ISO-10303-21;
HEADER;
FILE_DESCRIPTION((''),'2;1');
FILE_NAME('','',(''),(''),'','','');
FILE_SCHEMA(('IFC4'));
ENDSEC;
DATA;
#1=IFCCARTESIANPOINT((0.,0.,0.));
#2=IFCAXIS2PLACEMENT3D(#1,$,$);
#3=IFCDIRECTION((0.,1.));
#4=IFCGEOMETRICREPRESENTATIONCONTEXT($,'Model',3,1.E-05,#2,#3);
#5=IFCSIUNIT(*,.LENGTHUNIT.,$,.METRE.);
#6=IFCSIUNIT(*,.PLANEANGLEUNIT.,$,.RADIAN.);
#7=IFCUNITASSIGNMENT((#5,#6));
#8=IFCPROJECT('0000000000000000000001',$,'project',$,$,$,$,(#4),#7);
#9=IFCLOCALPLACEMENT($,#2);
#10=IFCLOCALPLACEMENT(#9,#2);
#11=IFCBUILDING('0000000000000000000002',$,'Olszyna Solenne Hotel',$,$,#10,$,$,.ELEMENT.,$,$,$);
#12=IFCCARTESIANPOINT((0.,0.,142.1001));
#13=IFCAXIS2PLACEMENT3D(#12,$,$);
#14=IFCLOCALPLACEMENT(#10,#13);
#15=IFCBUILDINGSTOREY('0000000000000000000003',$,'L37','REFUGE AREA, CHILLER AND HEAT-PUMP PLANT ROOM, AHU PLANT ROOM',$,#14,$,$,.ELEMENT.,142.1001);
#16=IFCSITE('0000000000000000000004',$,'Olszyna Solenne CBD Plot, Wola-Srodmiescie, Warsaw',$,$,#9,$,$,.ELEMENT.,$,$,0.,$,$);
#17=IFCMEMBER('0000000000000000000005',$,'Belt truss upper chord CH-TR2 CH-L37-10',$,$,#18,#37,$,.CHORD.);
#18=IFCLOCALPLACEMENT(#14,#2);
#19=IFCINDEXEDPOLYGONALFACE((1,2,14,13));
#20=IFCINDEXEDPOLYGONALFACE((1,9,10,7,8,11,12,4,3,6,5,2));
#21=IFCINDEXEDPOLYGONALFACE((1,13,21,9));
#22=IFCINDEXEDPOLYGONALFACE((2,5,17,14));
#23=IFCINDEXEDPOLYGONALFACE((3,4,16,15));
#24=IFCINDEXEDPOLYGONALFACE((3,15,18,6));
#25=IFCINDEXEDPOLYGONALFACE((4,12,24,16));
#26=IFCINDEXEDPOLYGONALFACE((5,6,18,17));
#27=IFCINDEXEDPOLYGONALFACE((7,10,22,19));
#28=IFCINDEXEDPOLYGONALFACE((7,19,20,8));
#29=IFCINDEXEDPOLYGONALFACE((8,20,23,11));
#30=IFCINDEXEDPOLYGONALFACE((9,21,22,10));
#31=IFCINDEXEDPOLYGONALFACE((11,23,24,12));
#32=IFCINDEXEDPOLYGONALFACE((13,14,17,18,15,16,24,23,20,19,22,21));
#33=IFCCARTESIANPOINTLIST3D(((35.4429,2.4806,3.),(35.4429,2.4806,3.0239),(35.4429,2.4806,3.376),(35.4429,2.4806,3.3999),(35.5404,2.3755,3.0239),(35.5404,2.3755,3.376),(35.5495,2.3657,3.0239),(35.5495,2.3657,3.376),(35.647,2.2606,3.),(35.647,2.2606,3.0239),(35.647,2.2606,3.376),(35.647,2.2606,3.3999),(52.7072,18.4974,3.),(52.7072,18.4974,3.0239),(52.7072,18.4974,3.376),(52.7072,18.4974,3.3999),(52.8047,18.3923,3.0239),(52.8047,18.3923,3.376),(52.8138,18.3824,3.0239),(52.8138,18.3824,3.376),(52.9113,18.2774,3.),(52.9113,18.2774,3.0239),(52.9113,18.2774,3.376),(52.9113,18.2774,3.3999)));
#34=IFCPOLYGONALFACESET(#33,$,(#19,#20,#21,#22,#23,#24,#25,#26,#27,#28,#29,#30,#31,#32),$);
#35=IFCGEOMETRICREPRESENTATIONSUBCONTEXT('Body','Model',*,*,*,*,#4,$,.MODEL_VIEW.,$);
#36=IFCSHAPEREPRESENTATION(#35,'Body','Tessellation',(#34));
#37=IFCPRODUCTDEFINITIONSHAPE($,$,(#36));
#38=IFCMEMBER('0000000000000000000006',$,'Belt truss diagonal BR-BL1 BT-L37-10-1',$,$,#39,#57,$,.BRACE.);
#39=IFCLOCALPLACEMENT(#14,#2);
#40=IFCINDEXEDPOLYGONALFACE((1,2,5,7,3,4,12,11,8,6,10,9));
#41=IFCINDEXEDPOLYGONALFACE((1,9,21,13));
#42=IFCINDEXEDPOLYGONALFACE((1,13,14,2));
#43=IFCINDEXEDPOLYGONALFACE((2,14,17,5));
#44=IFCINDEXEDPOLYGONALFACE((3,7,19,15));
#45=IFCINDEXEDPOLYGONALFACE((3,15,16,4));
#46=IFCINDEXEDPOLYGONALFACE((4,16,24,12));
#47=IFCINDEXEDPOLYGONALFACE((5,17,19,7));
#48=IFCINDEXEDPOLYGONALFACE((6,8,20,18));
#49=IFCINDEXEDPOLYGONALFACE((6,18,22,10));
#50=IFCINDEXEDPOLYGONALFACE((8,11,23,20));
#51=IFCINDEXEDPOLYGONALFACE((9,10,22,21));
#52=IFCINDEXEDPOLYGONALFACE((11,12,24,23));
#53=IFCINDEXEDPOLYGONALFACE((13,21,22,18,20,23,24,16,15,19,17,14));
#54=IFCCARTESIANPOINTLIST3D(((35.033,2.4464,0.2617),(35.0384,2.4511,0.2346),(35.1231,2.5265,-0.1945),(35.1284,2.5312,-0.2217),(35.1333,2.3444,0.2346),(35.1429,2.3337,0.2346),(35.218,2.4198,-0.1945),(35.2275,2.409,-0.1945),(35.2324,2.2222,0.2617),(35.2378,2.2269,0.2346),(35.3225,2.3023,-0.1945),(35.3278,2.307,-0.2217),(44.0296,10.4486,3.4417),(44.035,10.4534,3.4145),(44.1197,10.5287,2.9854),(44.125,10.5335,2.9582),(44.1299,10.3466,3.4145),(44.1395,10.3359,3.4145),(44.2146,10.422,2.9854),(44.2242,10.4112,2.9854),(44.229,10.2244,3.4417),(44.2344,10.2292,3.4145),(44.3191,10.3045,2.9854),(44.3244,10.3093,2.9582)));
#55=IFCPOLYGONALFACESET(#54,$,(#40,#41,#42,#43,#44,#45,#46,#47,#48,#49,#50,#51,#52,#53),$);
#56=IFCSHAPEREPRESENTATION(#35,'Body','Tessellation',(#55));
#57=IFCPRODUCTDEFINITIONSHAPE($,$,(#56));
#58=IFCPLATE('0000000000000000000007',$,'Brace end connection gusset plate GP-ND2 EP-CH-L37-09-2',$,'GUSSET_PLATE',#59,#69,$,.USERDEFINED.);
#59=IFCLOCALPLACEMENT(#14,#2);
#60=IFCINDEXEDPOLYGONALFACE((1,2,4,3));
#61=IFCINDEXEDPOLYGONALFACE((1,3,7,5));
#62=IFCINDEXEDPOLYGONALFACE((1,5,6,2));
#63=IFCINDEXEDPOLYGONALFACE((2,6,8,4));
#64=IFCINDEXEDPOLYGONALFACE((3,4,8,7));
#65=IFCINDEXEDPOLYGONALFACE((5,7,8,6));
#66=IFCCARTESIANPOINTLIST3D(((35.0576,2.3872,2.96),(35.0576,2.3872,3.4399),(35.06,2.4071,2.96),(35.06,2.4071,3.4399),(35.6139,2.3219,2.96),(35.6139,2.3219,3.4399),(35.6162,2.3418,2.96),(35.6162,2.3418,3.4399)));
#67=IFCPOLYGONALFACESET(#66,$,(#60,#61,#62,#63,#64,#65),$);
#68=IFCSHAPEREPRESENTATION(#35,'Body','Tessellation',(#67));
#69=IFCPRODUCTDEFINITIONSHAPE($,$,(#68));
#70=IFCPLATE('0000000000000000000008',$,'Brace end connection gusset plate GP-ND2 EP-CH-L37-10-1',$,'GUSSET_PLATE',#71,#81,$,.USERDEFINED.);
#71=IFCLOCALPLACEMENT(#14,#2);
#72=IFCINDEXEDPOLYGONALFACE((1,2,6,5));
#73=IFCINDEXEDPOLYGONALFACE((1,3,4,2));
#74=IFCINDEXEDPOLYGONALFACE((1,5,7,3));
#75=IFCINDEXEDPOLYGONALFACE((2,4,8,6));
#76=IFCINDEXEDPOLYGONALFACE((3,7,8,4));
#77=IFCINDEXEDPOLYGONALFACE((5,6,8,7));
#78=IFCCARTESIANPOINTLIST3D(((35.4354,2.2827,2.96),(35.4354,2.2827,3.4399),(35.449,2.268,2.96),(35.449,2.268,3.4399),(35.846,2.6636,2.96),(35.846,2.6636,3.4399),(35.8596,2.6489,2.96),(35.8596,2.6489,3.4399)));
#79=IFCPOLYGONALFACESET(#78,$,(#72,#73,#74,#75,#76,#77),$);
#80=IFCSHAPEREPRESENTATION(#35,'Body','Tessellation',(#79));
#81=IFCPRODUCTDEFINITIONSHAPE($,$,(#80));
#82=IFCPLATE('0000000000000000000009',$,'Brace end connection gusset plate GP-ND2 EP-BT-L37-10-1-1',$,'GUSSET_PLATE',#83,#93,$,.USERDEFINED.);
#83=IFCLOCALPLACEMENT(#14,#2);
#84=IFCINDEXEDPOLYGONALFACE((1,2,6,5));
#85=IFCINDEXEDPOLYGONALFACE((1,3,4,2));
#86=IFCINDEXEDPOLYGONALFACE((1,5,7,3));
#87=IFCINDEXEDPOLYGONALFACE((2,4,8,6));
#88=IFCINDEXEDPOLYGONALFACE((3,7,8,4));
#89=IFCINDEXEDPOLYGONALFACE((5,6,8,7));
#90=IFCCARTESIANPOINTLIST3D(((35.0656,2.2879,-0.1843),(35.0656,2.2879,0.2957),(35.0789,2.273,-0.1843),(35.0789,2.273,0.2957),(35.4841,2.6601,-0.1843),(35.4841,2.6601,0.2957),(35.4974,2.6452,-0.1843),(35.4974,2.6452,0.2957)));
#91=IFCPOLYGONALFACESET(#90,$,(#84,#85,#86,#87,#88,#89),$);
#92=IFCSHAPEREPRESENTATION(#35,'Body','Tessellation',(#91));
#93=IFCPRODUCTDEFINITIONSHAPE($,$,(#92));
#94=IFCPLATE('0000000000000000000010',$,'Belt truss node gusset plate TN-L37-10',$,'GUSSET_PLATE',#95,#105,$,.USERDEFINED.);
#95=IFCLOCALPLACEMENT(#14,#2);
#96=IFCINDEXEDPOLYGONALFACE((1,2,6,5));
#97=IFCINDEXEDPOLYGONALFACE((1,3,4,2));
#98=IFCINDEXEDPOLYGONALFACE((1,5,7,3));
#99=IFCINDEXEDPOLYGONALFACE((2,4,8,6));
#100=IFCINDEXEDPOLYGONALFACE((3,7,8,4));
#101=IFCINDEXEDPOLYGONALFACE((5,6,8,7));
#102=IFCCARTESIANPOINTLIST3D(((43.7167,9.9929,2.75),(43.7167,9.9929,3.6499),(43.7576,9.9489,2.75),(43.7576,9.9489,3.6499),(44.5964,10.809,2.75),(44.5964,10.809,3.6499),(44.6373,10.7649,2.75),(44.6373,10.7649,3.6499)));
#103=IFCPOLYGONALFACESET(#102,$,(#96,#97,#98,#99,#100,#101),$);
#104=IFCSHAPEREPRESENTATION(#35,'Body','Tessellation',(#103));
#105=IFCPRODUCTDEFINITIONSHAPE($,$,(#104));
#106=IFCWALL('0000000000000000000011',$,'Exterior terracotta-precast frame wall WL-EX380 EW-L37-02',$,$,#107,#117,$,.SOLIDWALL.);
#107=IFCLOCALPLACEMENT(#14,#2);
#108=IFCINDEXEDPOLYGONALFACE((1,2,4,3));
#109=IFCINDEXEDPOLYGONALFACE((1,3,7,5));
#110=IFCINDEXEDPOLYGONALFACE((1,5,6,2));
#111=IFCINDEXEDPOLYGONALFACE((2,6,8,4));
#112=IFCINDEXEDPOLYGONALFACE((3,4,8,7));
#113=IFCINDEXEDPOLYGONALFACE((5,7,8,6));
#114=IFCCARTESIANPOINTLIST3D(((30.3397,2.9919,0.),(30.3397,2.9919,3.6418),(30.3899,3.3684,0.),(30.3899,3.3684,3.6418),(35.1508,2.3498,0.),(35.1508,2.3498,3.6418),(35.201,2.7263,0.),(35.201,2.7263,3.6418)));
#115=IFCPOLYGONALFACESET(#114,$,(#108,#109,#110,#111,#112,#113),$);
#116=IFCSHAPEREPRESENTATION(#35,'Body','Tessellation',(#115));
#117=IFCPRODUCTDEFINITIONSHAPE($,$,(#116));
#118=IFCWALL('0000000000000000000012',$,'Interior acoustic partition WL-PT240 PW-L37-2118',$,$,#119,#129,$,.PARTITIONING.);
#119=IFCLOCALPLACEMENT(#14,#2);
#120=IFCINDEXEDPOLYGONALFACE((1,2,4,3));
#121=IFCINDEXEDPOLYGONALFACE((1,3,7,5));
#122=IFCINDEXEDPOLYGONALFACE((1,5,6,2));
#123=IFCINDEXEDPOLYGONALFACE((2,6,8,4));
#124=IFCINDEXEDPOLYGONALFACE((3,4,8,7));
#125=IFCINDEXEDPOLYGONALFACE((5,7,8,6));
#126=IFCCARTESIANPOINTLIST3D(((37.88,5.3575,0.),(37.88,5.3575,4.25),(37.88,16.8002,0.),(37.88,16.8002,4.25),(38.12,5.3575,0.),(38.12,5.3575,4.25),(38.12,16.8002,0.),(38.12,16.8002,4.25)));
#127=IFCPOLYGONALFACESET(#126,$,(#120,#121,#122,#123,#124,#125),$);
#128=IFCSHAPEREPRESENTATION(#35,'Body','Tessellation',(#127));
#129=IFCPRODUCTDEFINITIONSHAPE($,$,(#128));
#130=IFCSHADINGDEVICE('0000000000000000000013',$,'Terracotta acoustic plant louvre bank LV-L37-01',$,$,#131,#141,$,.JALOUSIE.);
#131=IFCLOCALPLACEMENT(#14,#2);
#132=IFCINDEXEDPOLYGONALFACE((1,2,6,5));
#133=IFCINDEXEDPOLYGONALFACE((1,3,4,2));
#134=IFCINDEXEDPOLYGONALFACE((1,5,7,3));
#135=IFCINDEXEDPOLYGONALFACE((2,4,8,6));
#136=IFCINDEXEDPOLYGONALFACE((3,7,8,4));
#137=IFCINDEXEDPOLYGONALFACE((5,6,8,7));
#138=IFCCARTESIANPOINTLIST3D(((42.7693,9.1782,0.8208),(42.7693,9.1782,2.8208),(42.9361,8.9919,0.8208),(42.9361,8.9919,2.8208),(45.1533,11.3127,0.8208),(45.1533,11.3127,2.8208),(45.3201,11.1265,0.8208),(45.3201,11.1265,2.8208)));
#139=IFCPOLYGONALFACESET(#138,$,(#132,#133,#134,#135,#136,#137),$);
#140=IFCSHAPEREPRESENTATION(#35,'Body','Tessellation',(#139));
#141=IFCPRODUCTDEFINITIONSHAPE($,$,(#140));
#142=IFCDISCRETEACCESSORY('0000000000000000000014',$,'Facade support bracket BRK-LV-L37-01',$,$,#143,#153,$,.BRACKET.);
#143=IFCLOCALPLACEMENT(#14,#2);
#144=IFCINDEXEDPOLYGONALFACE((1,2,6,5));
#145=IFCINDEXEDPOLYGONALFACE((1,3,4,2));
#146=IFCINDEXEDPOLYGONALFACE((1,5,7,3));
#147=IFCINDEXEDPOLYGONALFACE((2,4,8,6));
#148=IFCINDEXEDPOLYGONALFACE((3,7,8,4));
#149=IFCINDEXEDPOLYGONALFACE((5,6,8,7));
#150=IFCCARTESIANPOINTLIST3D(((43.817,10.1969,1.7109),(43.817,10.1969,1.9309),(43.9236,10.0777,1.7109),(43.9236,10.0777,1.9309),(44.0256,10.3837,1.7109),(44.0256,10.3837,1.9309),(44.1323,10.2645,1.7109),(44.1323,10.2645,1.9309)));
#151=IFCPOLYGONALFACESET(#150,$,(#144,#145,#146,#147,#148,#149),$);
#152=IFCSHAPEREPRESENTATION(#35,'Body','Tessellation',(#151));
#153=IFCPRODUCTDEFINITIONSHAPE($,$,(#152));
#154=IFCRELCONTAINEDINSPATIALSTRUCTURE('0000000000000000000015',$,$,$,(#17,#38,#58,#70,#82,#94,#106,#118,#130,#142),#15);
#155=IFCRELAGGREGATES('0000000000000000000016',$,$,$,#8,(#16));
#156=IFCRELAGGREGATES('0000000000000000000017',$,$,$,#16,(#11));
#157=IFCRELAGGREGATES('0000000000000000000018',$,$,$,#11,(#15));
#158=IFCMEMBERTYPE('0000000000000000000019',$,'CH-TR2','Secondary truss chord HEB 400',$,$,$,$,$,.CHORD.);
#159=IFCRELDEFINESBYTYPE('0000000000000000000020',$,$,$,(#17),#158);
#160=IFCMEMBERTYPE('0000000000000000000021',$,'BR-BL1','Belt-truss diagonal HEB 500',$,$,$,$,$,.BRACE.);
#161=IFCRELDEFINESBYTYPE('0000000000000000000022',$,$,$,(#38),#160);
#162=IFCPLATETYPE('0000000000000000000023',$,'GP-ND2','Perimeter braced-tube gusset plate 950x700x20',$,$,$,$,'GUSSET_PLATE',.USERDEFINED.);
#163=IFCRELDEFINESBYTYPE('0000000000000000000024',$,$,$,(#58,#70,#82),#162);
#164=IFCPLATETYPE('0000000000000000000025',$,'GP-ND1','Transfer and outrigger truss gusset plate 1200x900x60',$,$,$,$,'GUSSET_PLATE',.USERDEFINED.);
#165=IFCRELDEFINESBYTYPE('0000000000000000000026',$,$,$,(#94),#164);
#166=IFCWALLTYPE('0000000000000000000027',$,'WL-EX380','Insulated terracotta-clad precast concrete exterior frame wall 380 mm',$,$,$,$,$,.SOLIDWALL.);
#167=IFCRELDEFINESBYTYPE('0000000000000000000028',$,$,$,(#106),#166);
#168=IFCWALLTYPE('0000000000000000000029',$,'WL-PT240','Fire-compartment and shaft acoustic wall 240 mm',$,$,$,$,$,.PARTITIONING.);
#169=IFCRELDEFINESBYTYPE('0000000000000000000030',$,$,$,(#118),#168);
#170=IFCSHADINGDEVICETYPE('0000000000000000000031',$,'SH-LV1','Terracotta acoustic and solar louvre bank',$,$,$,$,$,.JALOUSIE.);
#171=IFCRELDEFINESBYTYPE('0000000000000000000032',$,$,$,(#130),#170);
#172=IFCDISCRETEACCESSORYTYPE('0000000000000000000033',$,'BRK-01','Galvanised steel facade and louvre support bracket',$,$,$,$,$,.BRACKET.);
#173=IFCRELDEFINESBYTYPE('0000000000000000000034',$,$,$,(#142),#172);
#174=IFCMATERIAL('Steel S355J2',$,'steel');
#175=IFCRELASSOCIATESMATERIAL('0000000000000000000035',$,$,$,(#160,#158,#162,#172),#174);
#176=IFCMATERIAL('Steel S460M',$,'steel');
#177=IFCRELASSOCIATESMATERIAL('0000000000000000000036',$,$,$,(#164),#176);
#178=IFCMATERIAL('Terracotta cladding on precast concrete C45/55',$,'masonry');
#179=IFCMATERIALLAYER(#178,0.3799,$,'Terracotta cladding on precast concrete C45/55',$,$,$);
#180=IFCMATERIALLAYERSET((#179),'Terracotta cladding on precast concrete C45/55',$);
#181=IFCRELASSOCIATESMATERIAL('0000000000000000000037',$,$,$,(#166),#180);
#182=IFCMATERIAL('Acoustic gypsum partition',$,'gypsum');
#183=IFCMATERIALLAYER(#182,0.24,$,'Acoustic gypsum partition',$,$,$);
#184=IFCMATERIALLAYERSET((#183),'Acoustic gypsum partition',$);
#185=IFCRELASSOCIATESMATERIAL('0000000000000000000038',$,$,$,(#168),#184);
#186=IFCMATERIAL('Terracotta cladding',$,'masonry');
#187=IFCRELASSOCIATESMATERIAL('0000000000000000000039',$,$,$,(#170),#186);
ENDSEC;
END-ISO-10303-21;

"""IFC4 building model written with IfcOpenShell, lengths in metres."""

from ifc_helpers import new_model, si_unit, direction, frame, frame_2d, origin, origin_2d, place, context, subcontext, project, spatial, rectangle, i_section, extrude, source, transform, mapped, material, layer, layer_set, material_profile, profile_set, type_object, element, save


model = new_model("IFC4")

# Units and contexts
model_context = context("Model", 3, precision=1e-05, world=origin(), true_north=direction((0.0, 1.0)))
body_context = subcontext(model_context, "Body", "Model", "MODEL_VIEW")
ifc_project = project(units=[si_unit("LENGTHUNIT", "METRE"), si_unit("PLANEANGLEUNIT", "RADIAN")], contexts=[model_context])

# Site, building, storey
site_placement = place(None, origin())
site = spatial("IfcSite", under=ifc_project, at=site_placement, Name="Olszyna Solenne CBD Plot, Wola-Srodmiescie, Warsaw", CompositionType="ELEMENT", RefElevation=0.0)
building_placement = place(site_placement, origin())
building = spatial("IfcBuilding", under=site, at=building_placement, Name="Olszyna Solenne Hotel", CompositionType="ELEMENT")
storey_placement = place(building_placement, frame((0.0, 0.0, 142.1001)))
storey = spatial("IfcBuildingStorey", under=building, at=storey_placement, Name="L37", Description="REFUGE AREA, CHILLER AND HEAT-PUMP PLANT ROOM, AHU PLANT ROOM", CompositionType="ELEMENT", Elevation=142.1001)

# Shared definitions
ifc_material_1 = material(Name="Steel S460M", Category="steel")

# Shared definitions
ifc_material_2 = material(Name="Steel S355J2", Category="steel")

# Members
ifc_material_profile_1 = material_profile(ifc_material_2, i_section(OverallWidth=0.3, OverallDepth=0.5, WebThickness=0.0144, FlangeThickness=0.0281, at=origin_2d()), Name="HEB 500", Category="load-bearing")
ifc_profile_set_1 = profile_set([ifc_material_profile_1], Name="Steel S355J2")
member_type_1 = type_object("IfcMemberType", Name="BR-BL1", Description="Belt-truss diagonal HEB 500", PredefinedType="BRACE", material=ifc_profile_set_1)
ifc_material_profile_2 = material_profile(ifc_material_2, i_section(OverallWidth=0.3, OverallDepth=0.3999, WebThickness=0.0134, FlangeThickness=0.0239, at=origin_2d()), Name="HEB 400", Category="load-bearing")
ifc_profile_set_2 = profile_set([ifc_material_profile_2], Name="Steel S355J2")
member_type_2 = type_object("IfcMemberType", Name="CH-TR2", Description="Secondary truss chord HEB 400", PredefinedType="CHORD", material=ifc_profile_set_2)
shared_shape_1 = source(origin(), body_context, "Body", "SweptSolid", [
    extrude(i_section(OverallWidth=0.3, OverallDepth=0.3999, WebThickness=0.0134, FlangeThickness=0.0239, at=origin_2d()), origin(), (0.0, 0.0, 1.0), 23.5498),
])
member_1_placement = place(storey_placement, frame((35.5449, 2.3706, 3.2), z_axis=(0.733098, 0.680123, 0.0), x_axis=(-0.680123, 0.733098, 0.0)))
element("IfcMember", 1, at=member_1_placement, inside=storey, type_object=member_type_2, Name="Belt truss upper chord CH-TR2 CH-L37-10", PredefinedType="CHORD", context=body_context, shape_type="MappedRepresentation", body=[
    mapped(shared_shape_1, transform((0.0, 0.0, 0.0), x_axis=(1.0, 0.0, 0.0), y_axis=(0.0, 1.0, 0.0), z_axis=(0.0, 0.0, 1.0), scale=1.0)),
])
shared_shape_2 = source(origin(), body_context, "Body", "SweptSolid", [
    extrude(i_section(OverallWidth=0.3, OverallDepth=0.5, WebThickness=0.0144, FlangeThickness=0.0281, at=origin_2d()), origin(), (0.0, 0.0, 1.0), 12.4534),
])
member_2_placement = place(storey_placement, frame((35.1804, 2.3767, 0.02), z_axis=(0.722423, 0.642575, 0.255348), x_axis=(-0.664607, 0.747193, 0.0)))
element("IfcMember", 2, at=member_2_placement, inside=storey, type_object=member_type_1, Name="Belt truss diagonal BR-BL1 BT-L37-10-1", PredefinedType="BRACE", context=body_context, shape_type="MappedRepresentation", body=[
    mapped(shared_shape_2, transform((0.0, 0.0, 0.0), x_axis=(1.0, 0.0, 0.0), y_axis=(0.0, 1.0, 0.0), z_axis=(0.0, 0.0, 1.0), scale=1.0)),
])

# Plates
plate_type_1 = type_object("IfcPlateType", Name="GP-ND2", Description="Perimeter braced-tube gusset plate 950x700x20", ElementType="GUSSET_PLATE", PredefinedType="USERDEFINED", material=ifc_material_2)
shared_shape_3 = source(origin(), body_context, "Body", "SweptSolid", [
    extrude(rectangle(XDim=0.5601, YDim=0.02, at=origin_2d()), origin(), (0.0, 0.0, 1.0), 0.48),
])
for number, where, z_axis, x_axis, name in (
    (3, (35.3369, 2.3645, 2.96), (0.0, 0.0, 1.0), (0.993171, -0.116671, 0.0), "Brace end connection gusset plate GP-ND2 EP-CH-L37-09-2"),
    (4, (35.6475, 2.4658, 2.96), (0.0, 0.0, 1.0), (0.733137, 0.680081, 0.0), "Brace end connection gusset plate GP-ND2 EP-CH-L37-10-1"),
    (5, (35.2815, 2.4666, -0.1843), (0.0, 0.0, 1.0), (0.747218, 0.664579, 0.0), "Brace end connection gusset plate GP-ND2 EP-BT-L37-10-1-1"),
):
    element("IfcPlate", number, at=place(storey_placement, frame(where, z_axis=z_axis, x_axis=x_axis)), inside=storey, type_object=plate_type_1, Name=name, ObjectType="GUSSET_PLATE", PredefinedType="USERDEFINED", context=body_context, shape_type="MappedRepresentation", body=[
        mapped(shared_shape_3, transform((0.0, 0.0, 0.0), x_axis=(1.0, 0.0, 0.0), y_axis=(0.0, 1.0, 0.0), z_axis=(0.0, 0.0, 1.0), scale=1.0)),
    ])
plate_type_2 = type_object("IfcPlateType", Name="GP-ND1", Description="Transfer and outrigger truss gusset plate 1200x900x60", ElementType="GUSSET_PLATE", PredefinedType="USERDEFINED", material=ifc_material_1)
shared_shape_4 = source(origin(), body_context, "Body", "SweptSolid", [
    extrude(rectangle(XDim=1.2, YDim=0.0601, at=origin_2d()), origin(), (0.0, 0.0, 1.0), 0.8999),
])
plate_placement = place(storey_placement, frame((44.177, 10.3789, 2.75), z_axis=(0.0, 0.0, 1.0), x_axis=(0.733137, 0.680081, 0.0)))
element("IfcPlate", 6, at=plate_placement, inside=storey, type_object=plate_type_2, Name="Belt truss node gusset plate TN-L37-10", ObjectType="GUSSET_PLATE", PredefinedType="USERDEFINED", context=body_context, shape_type="MappedRepresentation", body=[
    mapped(shared_shape_4, transform((0.0, 0.0, 0.0), x_axis=(1.0, 0.0, 0.0), y_axis=(0.0, 1.0, 0.0), z_axis=(0.0, 0.0, 1.0), scale=1.0)),
])

# Walls
ifc_material_3 = material(Name="Terracotta cladding on precast concrete C45/55", Category="masonry")
ifc_layer_1 = layer(ifc_material_3, 0.3799, Name="Terracotta cladding on precast concrete C45/55")
ifc_layer_set_1 = layer_set([ifc_layer_1], Name="Terracotta cladding on precast concrete C45/55")
wall_type_1 = type_object("IfcWallType", Name="WL-EX380", Description="Insulated terracotta-clad precast concrete exterior frame wall 380 mm", PredefinedType="SOLIDWALL", material=ifc_layer_set_1)
wall_1_placement = place(storey_placement, frame((35.1758, 2.5381, 0.0), z_axis=(0.0, 0.0, 1.0), x_axis=(-0.991211, 0.132289, 0.0)))
element("IfcWall", 7, at=wall_1_placement, inside=storey, type_object=wall_type_1, Name="Exterior terracotta-precast frame wall WL-EX380 EW-L37-02", PredefinedType="SOLIDWALL", context=body_context, shape_type="SweptSolid", body=[
    extrude(rectangle(XDim=4.8538, YDim=0.3799, at=frame_2d((2.4268, 0.0))), origin(), (0.0, 0.0, 1.0), 3.6418),
])
ifc_material_4 = material(Name="Acoustic gypsum partition", Category="gypsum")
ifc_layer_2 = layer(ifc_material_4, 0.24, Name="Acoustic gypsum partition")
ifc_layer_set_2 = layer_set([ifc_layer_2], Name="Acoustic gypsum partition")
wall_type_2 = type_object("IfcWallType", Name="WL-PT240", Description="Fire-compartment and shaft acoustic wall 240 mm", PredefinedType="PARTITIONING", material=ifc_layer_set_2)
wall_2_placement = place(storey_placement, frame((38.0, 16.8, 0.0), z_axis=(0.0, 0.0, 1.0), x_axis=(0.0, -1.0, 0.0)))
element("IfcWall", 8, at=wall_2_placement, inside=storey, type_object=wall_type_2, Name="Interior acoustic partition WL-PT240 PW-L37-2118", PredefinedType="PARTITIONING", context=body_context, shape_type="SweptSolid", body=[
    extrude(rectangle(XDim=11.4426, YDim=0.24, at=frame_2d((5.7212, 0.0))), origin(), (0.0, 0.0, 1.0), 4.25),
])

# Shading device
ifc_material_5 = material(Name="Terracotta cladding", Category="masonry")
shading_device_type = type_object("IfcShadingDeviceType", Name="SH-LV1", Description="Terracotta acoustic and solar louvre bank", PredefinedType="JALOUSIE", material=ifc_material_5)
shared_shape_5 = source(origin(), body_context, "Body", "SweptSolid", [
    extrude(rectangle(XDim=3.2, YDim=0.25, at=origin_2d()), origin(), (0.0, 0.0, 1.0), 2.0),
])
shading_device_placement = place(storey_placement, frame((44.0447, 10.1523, 0.8208), z_axis=(0.0, 0.0, 1.0), x_axis=(-0.74501, -0.667053, 0.0)))
element("IfcShadingDevice", 9, at=shading_device_placement, inside=storey, type_object=shading_device_type, Name="Terracotta acoustic plant louvre bank LV-L37-01", PredefinedType="JALOUSIE", context=body_context, shape_type="MappedRepresentation", body=[
    mapped(shared_shape_5, transform((0.0, 0.0, 0.0), x_axis=(1.0, 0.0, 0.0), y_axis=(0.0, 1.0, 0.0), z_axis=(0.0, 0.0, 1.0), scale=1.0)),
])

# Discrete accessory
discrete_accessory_type = type_object("IfcDiscreteAccessoryType", Name="BRK-01", Description="Galvanised steel facade and louvre support bracket", PredefinedType="BRACKET", material=ifc_material_2)
shared_shape_6 = source(origin(), body_context, "Body", "SweptSolid", [
    extrude(rectangle(XDim=0.28, YDim=0.1599, at=origin_2d()), origin(), (0.0, 0.0, 1.0), 0.22),
])
discrete_accessory_placement = place(storey_placement, frame((43.9746, 10.2307, 1.7109), z_axis=(0.0, 0.0, 1.0), x_axis=(-0.74501, -0.667053, 0.0)))
element("IfcDiscreteAccessory", 10, at=discrete_accessory_placement, inside=storey, type_object=discrete_accessory_type, Name="Facade support bracket BRK-LV-L37-01", PredefinedType="BRACKET", context=body_context, shape_type="MappedRepresentation", body=[
    mapped(shared_shape_6, transform((0.0, 0.0, 0.0), x_axis=(1.0, 0.0, 0.0), y_axis=(0.0, 1.0, 0.0), z_axis=(0.0, 0.0, 1.0), scale=1.0)),
])

save(model, "model.ifc")
